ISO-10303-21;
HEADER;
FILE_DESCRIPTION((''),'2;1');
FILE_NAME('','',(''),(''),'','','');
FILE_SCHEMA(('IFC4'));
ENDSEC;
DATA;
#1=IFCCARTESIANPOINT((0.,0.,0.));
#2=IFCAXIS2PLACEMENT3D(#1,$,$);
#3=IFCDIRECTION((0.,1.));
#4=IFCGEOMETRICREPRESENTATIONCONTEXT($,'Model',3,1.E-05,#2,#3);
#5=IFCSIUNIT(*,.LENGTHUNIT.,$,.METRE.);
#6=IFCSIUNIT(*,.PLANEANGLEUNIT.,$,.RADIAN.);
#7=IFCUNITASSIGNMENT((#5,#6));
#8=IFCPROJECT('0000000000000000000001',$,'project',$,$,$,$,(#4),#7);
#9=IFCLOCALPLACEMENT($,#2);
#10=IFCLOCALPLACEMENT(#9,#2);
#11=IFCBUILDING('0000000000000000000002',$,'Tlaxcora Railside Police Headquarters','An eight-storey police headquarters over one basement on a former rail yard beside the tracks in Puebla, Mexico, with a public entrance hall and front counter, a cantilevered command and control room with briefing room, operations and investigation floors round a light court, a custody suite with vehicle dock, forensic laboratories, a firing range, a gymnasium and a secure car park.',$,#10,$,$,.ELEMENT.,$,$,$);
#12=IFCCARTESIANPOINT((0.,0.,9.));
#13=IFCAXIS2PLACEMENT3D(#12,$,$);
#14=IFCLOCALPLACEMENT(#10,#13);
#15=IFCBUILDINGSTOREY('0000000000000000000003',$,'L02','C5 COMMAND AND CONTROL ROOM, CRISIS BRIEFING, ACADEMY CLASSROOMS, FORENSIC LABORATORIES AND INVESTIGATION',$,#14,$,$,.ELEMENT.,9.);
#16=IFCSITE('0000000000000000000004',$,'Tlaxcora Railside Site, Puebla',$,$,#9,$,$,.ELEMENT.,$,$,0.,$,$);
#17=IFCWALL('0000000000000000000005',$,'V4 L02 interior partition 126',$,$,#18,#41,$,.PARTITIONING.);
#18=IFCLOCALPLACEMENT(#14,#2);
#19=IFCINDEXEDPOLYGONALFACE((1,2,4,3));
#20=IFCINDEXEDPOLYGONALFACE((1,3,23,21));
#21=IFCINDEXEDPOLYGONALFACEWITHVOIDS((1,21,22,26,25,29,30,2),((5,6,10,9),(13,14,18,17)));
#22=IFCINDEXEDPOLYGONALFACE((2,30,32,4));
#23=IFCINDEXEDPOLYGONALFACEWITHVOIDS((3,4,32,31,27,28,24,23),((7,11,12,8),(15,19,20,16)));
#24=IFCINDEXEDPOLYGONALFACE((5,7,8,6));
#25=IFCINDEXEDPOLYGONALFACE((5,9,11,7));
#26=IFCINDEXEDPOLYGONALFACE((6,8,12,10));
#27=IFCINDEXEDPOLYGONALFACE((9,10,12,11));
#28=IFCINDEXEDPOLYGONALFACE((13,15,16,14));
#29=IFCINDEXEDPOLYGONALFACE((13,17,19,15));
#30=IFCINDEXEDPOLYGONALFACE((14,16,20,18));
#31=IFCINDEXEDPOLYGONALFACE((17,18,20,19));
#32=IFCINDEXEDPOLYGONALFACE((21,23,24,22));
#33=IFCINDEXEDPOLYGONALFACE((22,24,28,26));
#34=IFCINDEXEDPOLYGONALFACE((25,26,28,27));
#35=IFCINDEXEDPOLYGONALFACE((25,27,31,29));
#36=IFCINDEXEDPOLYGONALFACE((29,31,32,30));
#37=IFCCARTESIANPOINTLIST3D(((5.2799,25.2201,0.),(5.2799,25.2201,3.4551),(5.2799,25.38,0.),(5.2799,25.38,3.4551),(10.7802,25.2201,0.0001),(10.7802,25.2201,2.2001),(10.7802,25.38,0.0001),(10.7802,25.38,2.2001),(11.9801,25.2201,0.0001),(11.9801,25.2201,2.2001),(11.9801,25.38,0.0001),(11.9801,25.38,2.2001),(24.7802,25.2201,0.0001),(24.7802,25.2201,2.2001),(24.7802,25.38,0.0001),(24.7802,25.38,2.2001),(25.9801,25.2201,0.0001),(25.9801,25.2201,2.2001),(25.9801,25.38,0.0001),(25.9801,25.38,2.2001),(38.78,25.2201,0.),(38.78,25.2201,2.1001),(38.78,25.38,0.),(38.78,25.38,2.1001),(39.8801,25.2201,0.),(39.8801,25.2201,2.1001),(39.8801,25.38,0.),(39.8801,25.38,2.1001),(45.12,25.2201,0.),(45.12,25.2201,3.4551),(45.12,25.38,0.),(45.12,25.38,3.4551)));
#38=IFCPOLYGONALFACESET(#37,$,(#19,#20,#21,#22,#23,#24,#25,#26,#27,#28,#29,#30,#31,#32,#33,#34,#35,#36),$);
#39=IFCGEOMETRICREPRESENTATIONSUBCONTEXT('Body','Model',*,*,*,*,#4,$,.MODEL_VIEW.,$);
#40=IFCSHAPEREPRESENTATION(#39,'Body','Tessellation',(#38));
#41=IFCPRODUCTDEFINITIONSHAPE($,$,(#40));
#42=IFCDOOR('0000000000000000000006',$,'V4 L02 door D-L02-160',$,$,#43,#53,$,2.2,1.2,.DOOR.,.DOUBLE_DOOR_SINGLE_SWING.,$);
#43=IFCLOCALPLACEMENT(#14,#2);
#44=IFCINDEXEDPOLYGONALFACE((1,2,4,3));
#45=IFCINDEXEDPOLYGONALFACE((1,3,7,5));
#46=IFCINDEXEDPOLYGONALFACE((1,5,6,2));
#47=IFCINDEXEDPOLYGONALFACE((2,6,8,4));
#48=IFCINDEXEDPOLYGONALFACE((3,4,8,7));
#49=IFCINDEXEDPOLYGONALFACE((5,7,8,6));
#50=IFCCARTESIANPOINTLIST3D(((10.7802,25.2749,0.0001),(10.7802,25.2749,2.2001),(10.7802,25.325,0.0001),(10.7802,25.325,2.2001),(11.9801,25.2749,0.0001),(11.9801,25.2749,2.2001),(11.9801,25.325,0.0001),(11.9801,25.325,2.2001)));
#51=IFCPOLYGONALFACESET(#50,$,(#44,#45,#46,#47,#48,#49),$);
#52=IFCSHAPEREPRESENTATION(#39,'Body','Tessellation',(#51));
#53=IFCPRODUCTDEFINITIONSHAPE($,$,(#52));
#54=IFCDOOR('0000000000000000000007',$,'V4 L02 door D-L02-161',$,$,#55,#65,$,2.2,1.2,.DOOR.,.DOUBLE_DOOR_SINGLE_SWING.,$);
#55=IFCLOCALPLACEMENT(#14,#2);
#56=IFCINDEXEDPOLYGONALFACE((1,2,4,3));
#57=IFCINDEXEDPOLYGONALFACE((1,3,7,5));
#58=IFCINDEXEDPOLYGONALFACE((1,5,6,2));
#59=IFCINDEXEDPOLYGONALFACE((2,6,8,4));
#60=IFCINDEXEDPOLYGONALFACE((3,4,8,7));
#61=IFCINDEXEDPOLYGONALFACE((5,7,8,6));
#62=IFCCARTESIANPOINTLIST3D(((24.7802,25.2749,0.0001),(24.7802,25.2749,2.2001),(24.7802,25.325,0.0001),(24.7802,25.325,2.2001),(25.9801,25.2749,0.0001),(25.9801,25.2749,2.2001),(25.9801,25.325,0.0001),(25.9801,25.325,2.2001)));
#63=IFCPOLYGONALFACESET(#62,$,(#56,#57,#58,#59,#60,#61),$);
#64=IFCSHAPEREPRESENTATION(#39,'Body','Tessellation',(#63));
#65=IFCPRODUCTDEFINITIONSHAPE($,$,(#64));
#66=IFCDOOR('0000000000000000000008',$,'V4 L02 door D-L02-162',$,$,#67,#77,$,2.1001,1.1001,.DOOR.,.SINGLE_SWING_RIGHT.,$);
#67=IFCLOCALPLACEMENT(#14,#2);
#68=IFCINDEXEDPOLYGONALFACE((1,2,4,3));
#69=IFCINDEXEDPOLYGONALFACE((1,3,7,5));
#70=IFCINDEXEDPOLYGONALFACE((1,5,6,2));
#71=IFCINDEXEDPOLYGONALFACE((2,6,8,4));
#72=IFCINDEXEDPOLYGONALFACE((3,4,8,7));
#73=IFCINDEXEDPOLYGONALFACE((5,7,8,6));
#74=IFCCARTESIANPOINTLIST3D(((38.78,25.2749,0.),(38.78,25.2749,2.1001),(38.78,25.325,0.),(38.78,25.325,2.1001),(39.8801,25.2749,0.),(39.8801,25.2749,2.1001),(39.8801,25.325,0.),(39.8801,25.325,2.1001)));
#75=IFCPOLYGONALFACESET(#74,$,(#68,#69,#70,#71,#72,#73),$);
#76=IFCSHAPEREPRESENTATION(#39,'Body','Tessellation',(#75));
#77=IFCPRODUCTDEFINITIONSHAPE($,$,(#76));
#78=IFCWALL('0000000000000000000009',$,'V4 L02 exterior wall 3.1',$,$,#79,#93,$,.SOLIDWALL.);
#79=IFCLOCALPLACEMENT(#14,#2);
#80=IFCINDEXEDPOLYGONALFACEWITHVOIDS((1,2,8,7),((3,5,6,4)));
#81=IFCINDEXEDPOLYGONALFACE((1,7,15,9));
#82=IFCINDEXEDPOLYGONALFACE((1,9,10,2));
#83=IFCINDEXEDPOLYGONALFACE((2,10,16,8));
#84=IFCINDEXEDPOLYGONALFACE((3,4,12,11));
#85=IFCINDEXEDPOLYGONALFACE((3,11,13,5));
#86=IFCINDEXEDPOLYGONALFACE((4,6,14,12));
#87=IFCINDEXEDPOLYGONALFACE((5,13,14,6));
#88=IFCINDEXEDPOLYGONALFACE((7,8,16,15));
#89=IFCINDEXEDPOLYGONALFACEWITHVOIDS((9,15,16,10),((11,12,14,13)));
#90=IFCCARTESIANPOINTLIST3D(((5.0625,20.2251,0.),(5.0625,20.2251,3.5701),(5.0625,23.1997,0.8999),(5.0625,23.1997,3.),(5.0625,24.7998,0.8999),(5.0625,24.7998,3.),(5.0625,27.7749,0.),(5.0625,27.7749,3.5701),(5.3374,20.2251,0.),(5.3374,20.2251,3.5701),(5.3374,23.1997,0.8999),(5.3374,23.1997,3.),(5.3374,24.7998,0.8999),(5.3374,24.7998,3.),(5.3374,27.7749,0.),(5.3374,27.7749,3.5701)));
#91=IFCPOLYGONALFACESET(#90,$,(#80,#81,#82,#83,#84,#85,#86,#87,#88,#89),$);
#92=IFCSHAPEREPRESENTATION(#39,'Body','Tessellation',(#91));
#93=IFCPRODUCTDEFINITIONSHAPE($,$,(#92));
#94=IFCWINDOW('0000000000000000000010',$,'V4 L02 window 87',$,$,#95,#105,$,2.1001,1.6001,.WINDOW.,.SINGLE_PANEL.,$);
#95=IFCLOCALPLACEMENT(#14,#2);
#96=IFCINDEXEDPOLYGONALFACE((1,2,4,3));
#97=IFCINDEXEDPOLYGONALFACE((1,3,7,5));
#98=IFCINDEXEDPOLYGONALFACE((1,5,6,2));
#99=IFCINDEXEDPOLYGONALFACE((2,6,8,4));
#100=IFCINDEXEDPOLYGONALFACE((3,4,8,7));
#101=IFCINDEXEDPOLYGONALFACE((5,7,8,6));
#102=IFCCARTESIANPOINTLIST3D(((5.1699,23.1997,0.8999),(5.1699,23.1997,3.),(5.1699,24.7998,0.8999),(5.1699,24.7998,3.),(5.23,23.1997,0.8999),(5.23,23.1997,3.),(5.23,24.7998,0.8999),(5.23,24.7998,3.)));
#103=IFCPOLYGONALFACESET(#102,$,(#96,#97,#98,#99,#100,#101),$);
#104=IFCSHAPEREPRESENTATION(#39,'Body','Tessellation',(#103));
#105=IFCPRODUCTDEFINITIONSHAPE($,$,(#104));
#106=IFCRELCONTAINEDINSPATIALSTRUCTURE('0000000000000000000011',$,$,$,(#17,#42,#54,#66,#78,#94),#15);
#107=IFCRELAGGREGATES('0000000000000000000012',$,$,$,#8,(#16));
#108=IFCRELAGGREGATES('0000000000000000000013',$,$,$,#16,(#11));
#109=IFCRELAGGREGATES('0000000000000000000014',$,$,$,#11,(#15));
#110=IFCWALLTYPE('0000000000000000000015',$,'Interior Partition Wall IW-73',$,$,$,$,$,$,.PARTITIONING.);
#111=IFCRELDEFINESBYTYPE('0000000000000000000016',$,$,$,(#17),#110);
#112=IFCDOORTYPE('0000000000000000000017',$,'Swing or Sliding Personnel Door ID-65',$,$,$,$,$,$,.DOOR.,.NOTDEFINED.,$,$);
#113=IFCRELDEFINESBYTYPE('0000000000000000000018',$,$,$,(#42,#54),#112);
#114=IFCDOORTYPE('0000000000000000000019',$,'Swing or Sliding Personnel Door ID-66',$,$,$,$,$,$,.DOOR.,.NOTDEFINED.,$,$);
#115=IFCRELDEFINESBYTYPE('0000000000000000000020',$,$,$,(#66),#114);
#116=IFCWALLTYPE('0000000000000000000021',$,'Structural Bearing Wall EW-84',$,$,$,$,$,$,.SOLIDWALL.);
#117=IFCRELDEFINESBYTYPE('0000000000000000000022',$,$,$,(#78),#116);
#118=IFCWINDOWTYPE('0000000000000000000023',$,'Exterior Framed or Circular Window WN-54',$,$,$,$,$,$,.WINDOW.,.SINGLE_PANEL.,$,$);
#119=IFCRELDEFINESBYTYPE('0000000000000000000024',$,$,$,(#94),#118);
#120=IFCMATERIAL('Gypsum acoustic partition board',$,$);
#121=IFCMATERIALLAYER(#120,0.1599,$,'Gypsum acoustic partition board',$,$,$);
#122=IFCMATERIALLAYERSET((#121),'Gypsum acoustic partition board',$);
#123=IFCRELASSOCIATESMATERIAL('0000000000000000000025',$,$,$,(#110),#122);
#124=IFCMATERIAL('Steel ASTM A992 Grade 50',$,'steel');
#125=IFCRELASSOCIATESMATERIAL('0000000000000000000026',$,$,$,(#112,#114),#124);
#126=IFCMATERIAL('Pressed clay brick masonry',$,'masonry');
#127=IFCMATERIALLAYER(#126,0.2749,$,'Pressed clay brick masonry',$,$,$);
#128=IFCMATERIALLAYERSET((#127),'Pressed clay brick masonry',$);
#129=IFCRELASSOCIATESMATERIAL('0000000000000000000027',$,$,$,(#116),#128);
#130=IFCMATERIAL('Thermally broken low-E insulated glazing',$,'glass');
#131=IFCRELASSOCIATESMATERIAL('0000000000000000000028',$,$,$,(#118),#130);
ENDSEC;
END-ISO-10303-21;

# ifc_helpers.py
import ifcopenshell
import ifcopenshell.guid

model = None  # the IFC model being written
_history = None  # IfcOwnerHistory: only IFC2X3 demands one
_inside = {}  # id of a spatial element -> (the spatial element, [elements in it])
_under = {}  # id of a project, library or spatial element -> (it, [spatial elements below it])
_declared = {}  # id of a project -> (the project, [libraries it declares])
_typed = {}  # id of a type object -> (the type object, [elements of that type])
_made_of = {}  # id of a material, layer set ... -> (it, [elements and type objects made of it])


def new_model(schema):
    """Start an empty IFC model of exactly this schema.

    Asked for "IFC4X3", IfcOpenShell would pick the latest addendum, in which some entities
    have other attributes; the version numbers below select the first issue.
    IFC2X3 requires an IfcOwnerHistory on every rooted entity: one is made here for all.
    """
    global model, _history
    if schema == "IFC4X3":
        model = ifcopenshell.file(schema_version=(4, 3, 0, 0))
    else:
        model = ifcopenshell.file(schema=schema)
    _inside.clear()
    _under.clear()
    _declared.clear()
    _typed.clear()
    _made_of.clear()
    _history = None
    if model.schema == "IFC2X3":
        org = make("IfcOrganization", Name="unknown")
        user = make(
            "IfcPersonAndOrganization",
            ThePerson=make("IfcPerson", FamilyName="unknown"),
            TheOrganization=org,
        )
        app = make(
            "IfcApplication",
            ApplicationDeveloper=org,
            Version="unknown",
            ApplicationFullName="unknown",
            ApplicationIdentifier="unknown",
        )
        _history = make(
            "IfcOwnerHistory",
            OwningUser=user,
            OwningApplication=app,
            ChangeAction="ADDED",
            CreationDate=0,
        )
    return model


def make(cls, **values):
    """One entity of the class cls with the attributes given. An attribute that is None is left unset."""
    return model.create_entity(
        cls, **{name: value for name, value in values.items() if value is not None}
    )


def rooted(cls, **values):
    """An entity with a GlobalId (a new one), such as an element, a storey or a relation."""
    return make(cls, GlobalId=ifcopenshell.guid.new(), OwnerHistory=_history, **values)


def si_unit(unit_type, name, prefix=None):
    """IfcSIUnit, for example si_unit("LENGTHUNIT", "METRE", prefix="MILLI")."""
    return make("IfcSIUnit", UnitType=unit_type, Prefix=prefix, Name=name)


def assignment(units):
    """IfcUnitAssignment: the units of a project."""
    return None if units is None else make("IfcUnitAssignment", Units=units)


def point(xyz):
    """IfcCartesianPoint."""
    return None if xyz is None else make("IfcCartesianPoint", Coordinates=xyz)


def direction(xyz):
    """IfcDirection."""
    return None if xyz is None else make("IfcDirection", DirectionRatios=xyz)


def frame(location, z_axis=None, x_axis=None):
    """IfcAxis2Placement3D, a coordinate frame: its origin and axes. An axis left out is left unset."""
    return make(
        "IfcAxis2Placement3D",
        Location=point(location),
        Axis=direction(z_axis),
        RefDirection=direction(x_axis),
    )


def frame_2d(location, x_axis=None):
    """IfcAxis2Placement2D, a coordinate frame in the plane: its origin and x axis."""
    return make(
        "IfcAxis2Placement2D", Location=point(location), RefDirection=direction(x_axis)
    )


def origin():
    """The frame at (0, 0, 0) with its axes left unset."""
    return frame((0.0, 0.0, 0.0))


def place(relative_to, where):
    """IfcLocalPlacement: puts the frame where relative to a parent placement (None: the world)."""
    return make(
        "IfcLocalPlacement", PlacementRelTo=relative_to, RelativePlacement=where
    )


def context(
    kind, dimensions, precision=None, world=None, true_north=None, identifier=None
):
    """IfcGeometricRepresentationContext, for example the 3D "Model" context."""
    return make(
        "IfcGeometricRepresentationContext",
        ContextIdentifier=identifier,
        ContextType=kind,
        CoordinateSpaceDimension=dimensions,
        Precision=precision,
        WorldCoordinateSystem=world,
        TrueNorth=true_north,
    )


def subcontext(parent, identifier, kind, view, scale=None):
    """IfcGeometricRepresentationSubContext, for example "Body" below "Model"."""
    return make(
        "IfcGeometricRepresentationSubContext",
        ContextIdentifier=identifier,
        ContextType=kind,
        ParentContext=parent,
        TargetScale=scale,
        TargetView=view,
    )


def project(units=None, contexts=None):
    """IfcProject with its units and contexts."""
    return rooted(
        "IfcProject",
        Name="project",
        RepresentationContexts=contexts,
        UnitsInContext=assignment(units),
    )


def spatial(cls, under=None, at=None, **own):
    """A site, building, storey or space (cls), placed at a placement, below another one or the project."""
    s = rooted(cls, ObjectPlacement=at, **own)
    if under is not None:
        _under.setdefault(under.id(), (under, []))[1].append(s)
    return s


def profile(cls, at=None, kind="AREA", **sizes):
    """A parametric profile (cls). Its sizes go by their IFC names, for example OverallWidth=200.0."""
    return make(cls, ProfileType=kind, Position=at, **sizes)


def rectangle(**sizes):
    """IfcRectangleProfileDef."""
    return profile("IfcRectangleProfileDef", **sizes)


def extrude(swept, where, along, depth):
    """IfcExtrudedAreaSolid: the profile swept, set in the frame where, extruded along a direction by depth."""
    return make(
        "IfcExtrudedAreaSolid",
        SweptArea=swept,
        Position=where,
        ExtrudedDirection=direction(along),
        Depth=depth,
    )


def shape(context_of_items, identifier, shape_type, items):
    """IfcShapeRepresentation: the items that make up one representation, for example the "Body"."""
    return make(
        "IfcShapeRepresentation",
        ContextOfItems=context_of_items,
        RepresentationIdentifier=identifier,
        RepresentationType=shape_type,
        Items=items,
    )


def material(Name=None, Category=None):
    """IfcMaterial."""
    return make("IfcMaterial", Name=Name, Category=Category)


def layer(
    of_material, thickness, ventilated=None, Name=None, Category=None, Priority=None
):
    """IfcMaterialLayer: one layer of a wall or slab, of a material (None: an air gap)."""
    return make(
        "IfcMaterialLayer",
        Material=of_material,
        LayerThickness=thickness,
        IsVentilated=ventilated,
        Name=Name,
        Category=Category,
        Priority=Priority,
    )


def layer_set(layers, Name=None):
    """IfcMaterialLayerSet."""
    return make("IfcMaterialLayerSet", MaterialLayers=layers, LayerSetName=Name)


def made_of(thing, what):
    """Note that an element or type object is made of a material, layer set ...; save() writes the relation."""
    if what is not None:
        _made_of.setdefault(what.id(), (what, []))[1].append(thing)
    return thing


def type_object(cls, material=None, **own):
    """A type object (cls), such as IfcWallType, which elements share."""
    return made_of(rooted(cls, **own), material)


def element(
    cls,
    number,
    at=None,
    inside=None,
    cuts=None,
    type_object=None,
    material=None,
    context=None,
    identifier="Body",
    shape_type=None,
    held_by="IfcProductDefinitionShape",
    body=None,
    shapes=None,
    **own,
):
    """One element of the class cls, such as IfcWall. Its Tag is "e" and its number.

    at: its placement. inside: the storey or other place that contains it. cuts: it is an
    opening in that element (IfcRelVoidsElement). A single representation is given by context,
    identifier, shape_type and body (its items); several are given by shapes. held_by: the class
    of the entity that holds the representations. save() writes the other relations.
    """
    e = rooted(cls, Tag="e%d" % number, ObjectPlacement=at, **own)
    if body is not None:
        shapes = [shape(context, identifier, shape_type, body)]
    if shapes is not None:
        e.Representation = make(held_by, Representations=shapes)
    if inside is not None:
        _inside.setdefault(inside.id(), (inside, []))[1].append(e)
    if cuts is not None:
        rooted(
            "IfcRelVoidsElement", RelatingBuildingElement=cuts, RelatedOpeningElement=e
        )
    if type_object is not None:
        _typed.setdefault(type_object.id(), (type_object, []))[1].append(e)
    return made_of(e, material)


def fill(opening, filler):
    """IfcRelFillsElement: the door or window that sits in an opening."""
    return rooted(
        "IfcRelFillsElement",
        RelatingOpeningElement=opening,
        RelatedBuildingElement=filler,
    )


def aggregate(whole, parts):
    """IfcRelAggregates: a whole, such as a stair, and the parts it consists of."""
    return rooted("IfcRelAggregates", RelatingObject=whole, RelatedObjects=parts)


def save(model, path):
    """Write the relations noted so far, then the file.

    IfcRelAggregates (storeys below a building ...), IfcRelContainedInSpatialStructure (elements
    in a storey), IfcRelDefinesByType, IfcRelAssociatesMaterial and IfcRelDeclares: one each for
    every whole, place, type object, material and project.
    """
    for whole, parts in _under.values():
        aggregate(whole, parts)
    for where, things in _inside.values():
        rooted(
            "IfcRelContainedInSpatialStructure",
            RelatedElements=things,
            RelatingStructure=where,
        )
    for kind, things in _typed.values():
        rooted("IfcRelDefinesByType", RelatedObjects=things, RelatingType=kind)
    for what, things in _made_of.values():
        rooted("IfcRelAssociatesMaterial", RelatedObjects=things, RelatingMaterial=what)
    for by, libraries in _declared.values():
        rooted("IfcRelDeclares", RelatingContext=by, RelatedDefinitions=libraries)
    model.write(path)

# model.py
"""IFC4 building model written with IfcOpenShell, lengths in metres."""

from ifc_helpers import new_model, si_unit, direction, frame, frame_2d, origin, place, context, subcontext, project, spatial, rectangle, extrude, material, layer, layer_set, type_object, element, fill, save


model = new_model("IFC4")

# Units and contexts
model_context = context("Model", 3, precision=1e-05, world=origin(), true_north=direction((0.0, 1.0)))
body_context = subcontext(model_context, "Body", "Model", "MODEL_VIEW")
ifc_project = project(units=[si_unit("LENGTHUNIT", "METRE"), si_unit("PLANEANGLEUNIT", "RADIAN")], contexts=[model_context])

# Site, building, storey
site_placement = place(None, origin())
site = spatial("IfcSite", under=ifc_project, at=site_placement, Name="Tlaxcora Railside Site, Puebla", CompositionType="ELEMENT", RefElevation=0.0)
building_placement = place(site_placement, origin())
building = spatial("IfcBuilding", under=site, at=building_placement, Name="Tlaxcora Railside Police Headquarters", Description="An eight-storey police headquarters over one basement on a former rail yard beside the tracks in Puebla, Mexico, with a public entrance hall and front counter, a cantilevered command and control room with briefing room, operations and investigation floors round a light court, a custody suite with vehicle dock, forensic laboratories, a firing range, a gymnasium and a secure car park.", CompositionType="ELEMENT")
storey_placement = place(building_placement, frame((0.0, 0.0, 9.0)))
storey = spatial("IfcBuildingStorey", under=building, at=storey_placement, Name="L02", Description="C5 COMMAND AND CONTROL ROOM, CRISIS BRIEFING, ACADEMY CLASSROOMS, FORENSIC LABORATORIES AND INVESTIGATION", CompositionType="ELEMENT", Elevation=9.0)

# Shared definitions
ifc_material_1 = material(Name="Thermally broken low-E insulated glazing", Category="glass")

# Shared definitions
ifc_material_2 = material(Name="Steel ASTM A992 Grade 50", Category="steel")

# Shared definitions
ifc_material_3 = material(Name="Gypsum acoustic partition board")

# Wall, openings, doors
ifc_layer_1 = layer(ifc_material_3, 0.1599, Name="Gypsum acoustic partition board")
ifc_layer_set_1 = layer_set([ifc_layer_1], Name="Gypsum acoustic partition board")
wall_type_1 = type_object("IfcWallType", Name="Interior Partition Wall IW-73", PredefinedType="PARTITIONING", material=ifc_layer_set_1)
wall_1_placement = place(storey_placement, frame((5.28, 25.3, 0.0), z_axis=(0.0, 0.0, 1.0), x_axis=(1.0, 0.0, 0.0)))
wall_1 = element("IfcWall", 1, at=wall_1_placement, inside=storey, type_object=wall_type_1, Name="V4 L02 interior partition 126", PredefinedType="PARTITIONING", context=body_context, shape_type="SweptSolid", body=[
    extrude(rectangle(XDim=39.8401, YDim=0.1599, at=frame_2d((19.9199, 0.0))), origin(), (0.0, 0.0, 1.0), 3.4551),
])
opening_1_placement = place(wall_1_placement, frame((5.5, 0.0, 0.0)))
opening_1 = element("IfcOpeningElement", 2, at=opening_1_placement, cuts=wall_1, PredefinedType="OPENING", context=body_context, shape_type="SweptSolid", body=[
    extrude(rectangle(XDim=1.2, YDim=2.2, at=frame_2d((0.6001, 1.1001))), frame((0.0, 0.0898, 0.0), z_axis=(0.0, -1.0, 0.0), x_axis=(1.0, 0.0, 0.0)), (0.0, 0.0, 1.0), 0.1799),
])
opening_2_placement = place(wall_1_placement, frame((19.5, 0.0, 0.0)))
opening_2 = element("IfcOpeningElement", 3, at=opening_2_placement, cuts=wall_1, PredefinedType="OPENING", context=body_context, shape_type="SweptSolid", body=[
    extrude(rectangle(XDim=1.2, YDim=2.2, at=frame_2d((0.6001, 1.1001))), frame((0.0, 0.0898, 0.0), z_axis=(0.0, -1.0, 0.0), x_axis=(1.0, 0.0, 0.0)), (0.0, 0.0, 1.0), 0.1799),
])
opening_3_placement = place(wall_1_placement, frame((33.5, 0.0, 0.0)))
opening_3 = element("IfcOpeningElement", 4, at=opening_3_placement, cuts=wall_1, PredefinedType="OPENING", context=body_context, shape_type="SweptSolid", body=[
    extrude(rectangle(XDim=1.1001, YDim=2.1001, at=frame_2d((0.55, 1.05))), frame((0.0, 0.0898, 0.0), z_axis=(0.0, -1.0, 0.0), x_axis=(1.0, 0.0, 0.0)), (0.0, 0.0, 1.0), 0.1799),
])
door_type_1 = type_object("IfcDoorType", Name="Swing or Sliding Personnel Door ID-65", OperationType="NOTDEFINED", PredefinedType="DOOR", material=ifc_material_2)
door_1_placement = place(opening_1_placement, origin())
door_1 = element("IfcDoor", 5, at=door_1_placement, inside=storey, type_object=door_type_1, Name="V4 L02 door D-L02-160", OperationType="DOUBLE_DOOR_SINGLE_SWING", OverallHeight=2.2, OverallWidth=1.2, PredefinedType="DOOR", context=body_context, shape_type="SweptSolid", body=[
    extrude(rectangle(XDim=1.2, YDim=2.2, at=frame_2d((0.6001, 1.1001))), frame((0.0, 0.0249, 0.0), z_axis=(0.0, -1.0, 0.0), x_axis=(1.0, 0.0, 0.0)), (0.0, 0.0, 1.0), 0.05),
])
fill(opening_1, door_1)
door_2_placement = place(opening_2_placement, origin())
door_2 = element("IfcDoor", 6, at=door_2_placement, inside=storey, type_object=door_type_1, Name="V4 L02 door D-L02-161", OperationType="DOUBLE_DOOR_SINGLE_SWING", OverallHeight=2.2, OverallWidth=1.2, PredefinedType="DOOR", context=body_context, shape_type="SweptSolid", body=[
    extrude(rectangle(XDim=1.2, YDim=2.2, at=frame_2d((0.6001, 1.1001))), frame((0.0, 0.0249, 0.0), z_axis=(0.0, -1.0, 0.0), x_axis=(1.0, 0.0, 0.0)), (0.0, 0.0, 1.0), 0.05),
])
fill(opening_2, door_2)
door_type_2 = type_object("IfcDoorType", Name="Swing or Sliding Personnel Door ID-66", OperationType="NOTDEFINED", PredefinedType="DOOR", material=ifc_material_2)
door_3_placement = place(opening_3_placement, origin())
door_3 = element("IfcDoor", 7, at=door_3_placement, inside=storey, type_object=door_type_2, Name="V4 L02 door D-L02-162", OperationType="SINGLE_SWING_RIGHT", OverallHeight=2.1001, OverallWidth=1.1001, PredefinedType="DOOR", context=body_context, shape_type="SweptSolid", body=[
    extrude(rectangle(XDim=1.1001, YDim=2.1001, at=frame_2d((0.55, 1.05))), frame((0.0, 0.0249, 0.0), z_axis=(0.0, -1.0, 0.0), x_axis=(1.0, 0.0, 0.0)), (0.0, 0.0, 1.0), 0.05),
])
fill(opening_3, door_3)

# Wall, opening, window
ifc_material_4 = material(Name="Pressed clay brick masonry", Category="masonry")
ifc_layer_2 = layer(ifc_material_4, 0.2749, Name="Pressed clay brick masonry")
ifc_layer_set_2 = layer_set([ifc_layer_2], Name="Pressed clay brick masonry")
wall_type_2 = type_object("IfcWallType", Name="Structural Bearing Wall EW-84", PredefinedType="SOLIDWALL", material=ifc_layer_set_2)
wall_2_placement = place(storey_placement, frame((5.2, 27.7749, 0.0), z_axis=(0.0, 0.0, 1.0), x_axis=(0.0, -1.0, 0.0)))
wall_2 = element("IfcWall", 8, at=wall_2_placement, inside=storey, type_object=wall_type_2, Name="V4 L02 exterior wall 3.1", PredefinedType="SOLIDWALL", context=body_context, shape_type="SweptSolid", body=[
    extrude(rectangle(XDim=7.5498, YDim=0.2749, at=frame_2d((3.7749, 0.0))), origin(), (0.0, 0.0, 1.0), 3.5701),
])
opening_4_placement = place(wall_2_placement, frame((2.9751, 0.0, 0.8999)))
opening_4 = element("IfcOpeningElement", 9, at=opening_4_placement, cuts=wall_2, PredefinedType="OPENING", context=body_context, shape_type="SweptSolid", body=[
    extrude(rectangle(XDim=1.6001, YDim=2.1001, at=frame_2d((0.8, 1.05))), frame((0.0, 0.1475, 0.0), z_axis=(0.0, -1.0, 0.0), x_axis=(1.0, 0.0, 0.0)), (0.0, 0.0, 1.0), 0.2949),
])
window_type = type_object("IfcWindowType", Name="Exterior Framed or Circular Window WN-54", PartitioningType="SINGLE_PANEL", PredefinedType="WINDOW", material=ifc_material_1)
window_placement = place(opening_4_placement, origin())
window = element("IfcWindow", 10, at=window_placement, inside=storey, type_object=window_type, Name="V4 L02 window 87", OverallHeight=2.1001, OverallWidth=1.6001, PartitioningType="SINGLE_PANEL", PredefinedType="WINDOW", context=body_context, shape_type="SweptSolid", body=[
    extrude(rectangle(XDim=1.6001, YDim=2.1001, at=frame_2d((0.8, 1.05))), frame((0.0, 0.03, 0.0), z_axis=(0.0, -1.0, 0.0), x_axis=(1.0, 0.0, 0.0)), (0.0, 0.0, 1.0), 0.0601),
])
fill(opening_4, window)

save(model, "model.ifc")
